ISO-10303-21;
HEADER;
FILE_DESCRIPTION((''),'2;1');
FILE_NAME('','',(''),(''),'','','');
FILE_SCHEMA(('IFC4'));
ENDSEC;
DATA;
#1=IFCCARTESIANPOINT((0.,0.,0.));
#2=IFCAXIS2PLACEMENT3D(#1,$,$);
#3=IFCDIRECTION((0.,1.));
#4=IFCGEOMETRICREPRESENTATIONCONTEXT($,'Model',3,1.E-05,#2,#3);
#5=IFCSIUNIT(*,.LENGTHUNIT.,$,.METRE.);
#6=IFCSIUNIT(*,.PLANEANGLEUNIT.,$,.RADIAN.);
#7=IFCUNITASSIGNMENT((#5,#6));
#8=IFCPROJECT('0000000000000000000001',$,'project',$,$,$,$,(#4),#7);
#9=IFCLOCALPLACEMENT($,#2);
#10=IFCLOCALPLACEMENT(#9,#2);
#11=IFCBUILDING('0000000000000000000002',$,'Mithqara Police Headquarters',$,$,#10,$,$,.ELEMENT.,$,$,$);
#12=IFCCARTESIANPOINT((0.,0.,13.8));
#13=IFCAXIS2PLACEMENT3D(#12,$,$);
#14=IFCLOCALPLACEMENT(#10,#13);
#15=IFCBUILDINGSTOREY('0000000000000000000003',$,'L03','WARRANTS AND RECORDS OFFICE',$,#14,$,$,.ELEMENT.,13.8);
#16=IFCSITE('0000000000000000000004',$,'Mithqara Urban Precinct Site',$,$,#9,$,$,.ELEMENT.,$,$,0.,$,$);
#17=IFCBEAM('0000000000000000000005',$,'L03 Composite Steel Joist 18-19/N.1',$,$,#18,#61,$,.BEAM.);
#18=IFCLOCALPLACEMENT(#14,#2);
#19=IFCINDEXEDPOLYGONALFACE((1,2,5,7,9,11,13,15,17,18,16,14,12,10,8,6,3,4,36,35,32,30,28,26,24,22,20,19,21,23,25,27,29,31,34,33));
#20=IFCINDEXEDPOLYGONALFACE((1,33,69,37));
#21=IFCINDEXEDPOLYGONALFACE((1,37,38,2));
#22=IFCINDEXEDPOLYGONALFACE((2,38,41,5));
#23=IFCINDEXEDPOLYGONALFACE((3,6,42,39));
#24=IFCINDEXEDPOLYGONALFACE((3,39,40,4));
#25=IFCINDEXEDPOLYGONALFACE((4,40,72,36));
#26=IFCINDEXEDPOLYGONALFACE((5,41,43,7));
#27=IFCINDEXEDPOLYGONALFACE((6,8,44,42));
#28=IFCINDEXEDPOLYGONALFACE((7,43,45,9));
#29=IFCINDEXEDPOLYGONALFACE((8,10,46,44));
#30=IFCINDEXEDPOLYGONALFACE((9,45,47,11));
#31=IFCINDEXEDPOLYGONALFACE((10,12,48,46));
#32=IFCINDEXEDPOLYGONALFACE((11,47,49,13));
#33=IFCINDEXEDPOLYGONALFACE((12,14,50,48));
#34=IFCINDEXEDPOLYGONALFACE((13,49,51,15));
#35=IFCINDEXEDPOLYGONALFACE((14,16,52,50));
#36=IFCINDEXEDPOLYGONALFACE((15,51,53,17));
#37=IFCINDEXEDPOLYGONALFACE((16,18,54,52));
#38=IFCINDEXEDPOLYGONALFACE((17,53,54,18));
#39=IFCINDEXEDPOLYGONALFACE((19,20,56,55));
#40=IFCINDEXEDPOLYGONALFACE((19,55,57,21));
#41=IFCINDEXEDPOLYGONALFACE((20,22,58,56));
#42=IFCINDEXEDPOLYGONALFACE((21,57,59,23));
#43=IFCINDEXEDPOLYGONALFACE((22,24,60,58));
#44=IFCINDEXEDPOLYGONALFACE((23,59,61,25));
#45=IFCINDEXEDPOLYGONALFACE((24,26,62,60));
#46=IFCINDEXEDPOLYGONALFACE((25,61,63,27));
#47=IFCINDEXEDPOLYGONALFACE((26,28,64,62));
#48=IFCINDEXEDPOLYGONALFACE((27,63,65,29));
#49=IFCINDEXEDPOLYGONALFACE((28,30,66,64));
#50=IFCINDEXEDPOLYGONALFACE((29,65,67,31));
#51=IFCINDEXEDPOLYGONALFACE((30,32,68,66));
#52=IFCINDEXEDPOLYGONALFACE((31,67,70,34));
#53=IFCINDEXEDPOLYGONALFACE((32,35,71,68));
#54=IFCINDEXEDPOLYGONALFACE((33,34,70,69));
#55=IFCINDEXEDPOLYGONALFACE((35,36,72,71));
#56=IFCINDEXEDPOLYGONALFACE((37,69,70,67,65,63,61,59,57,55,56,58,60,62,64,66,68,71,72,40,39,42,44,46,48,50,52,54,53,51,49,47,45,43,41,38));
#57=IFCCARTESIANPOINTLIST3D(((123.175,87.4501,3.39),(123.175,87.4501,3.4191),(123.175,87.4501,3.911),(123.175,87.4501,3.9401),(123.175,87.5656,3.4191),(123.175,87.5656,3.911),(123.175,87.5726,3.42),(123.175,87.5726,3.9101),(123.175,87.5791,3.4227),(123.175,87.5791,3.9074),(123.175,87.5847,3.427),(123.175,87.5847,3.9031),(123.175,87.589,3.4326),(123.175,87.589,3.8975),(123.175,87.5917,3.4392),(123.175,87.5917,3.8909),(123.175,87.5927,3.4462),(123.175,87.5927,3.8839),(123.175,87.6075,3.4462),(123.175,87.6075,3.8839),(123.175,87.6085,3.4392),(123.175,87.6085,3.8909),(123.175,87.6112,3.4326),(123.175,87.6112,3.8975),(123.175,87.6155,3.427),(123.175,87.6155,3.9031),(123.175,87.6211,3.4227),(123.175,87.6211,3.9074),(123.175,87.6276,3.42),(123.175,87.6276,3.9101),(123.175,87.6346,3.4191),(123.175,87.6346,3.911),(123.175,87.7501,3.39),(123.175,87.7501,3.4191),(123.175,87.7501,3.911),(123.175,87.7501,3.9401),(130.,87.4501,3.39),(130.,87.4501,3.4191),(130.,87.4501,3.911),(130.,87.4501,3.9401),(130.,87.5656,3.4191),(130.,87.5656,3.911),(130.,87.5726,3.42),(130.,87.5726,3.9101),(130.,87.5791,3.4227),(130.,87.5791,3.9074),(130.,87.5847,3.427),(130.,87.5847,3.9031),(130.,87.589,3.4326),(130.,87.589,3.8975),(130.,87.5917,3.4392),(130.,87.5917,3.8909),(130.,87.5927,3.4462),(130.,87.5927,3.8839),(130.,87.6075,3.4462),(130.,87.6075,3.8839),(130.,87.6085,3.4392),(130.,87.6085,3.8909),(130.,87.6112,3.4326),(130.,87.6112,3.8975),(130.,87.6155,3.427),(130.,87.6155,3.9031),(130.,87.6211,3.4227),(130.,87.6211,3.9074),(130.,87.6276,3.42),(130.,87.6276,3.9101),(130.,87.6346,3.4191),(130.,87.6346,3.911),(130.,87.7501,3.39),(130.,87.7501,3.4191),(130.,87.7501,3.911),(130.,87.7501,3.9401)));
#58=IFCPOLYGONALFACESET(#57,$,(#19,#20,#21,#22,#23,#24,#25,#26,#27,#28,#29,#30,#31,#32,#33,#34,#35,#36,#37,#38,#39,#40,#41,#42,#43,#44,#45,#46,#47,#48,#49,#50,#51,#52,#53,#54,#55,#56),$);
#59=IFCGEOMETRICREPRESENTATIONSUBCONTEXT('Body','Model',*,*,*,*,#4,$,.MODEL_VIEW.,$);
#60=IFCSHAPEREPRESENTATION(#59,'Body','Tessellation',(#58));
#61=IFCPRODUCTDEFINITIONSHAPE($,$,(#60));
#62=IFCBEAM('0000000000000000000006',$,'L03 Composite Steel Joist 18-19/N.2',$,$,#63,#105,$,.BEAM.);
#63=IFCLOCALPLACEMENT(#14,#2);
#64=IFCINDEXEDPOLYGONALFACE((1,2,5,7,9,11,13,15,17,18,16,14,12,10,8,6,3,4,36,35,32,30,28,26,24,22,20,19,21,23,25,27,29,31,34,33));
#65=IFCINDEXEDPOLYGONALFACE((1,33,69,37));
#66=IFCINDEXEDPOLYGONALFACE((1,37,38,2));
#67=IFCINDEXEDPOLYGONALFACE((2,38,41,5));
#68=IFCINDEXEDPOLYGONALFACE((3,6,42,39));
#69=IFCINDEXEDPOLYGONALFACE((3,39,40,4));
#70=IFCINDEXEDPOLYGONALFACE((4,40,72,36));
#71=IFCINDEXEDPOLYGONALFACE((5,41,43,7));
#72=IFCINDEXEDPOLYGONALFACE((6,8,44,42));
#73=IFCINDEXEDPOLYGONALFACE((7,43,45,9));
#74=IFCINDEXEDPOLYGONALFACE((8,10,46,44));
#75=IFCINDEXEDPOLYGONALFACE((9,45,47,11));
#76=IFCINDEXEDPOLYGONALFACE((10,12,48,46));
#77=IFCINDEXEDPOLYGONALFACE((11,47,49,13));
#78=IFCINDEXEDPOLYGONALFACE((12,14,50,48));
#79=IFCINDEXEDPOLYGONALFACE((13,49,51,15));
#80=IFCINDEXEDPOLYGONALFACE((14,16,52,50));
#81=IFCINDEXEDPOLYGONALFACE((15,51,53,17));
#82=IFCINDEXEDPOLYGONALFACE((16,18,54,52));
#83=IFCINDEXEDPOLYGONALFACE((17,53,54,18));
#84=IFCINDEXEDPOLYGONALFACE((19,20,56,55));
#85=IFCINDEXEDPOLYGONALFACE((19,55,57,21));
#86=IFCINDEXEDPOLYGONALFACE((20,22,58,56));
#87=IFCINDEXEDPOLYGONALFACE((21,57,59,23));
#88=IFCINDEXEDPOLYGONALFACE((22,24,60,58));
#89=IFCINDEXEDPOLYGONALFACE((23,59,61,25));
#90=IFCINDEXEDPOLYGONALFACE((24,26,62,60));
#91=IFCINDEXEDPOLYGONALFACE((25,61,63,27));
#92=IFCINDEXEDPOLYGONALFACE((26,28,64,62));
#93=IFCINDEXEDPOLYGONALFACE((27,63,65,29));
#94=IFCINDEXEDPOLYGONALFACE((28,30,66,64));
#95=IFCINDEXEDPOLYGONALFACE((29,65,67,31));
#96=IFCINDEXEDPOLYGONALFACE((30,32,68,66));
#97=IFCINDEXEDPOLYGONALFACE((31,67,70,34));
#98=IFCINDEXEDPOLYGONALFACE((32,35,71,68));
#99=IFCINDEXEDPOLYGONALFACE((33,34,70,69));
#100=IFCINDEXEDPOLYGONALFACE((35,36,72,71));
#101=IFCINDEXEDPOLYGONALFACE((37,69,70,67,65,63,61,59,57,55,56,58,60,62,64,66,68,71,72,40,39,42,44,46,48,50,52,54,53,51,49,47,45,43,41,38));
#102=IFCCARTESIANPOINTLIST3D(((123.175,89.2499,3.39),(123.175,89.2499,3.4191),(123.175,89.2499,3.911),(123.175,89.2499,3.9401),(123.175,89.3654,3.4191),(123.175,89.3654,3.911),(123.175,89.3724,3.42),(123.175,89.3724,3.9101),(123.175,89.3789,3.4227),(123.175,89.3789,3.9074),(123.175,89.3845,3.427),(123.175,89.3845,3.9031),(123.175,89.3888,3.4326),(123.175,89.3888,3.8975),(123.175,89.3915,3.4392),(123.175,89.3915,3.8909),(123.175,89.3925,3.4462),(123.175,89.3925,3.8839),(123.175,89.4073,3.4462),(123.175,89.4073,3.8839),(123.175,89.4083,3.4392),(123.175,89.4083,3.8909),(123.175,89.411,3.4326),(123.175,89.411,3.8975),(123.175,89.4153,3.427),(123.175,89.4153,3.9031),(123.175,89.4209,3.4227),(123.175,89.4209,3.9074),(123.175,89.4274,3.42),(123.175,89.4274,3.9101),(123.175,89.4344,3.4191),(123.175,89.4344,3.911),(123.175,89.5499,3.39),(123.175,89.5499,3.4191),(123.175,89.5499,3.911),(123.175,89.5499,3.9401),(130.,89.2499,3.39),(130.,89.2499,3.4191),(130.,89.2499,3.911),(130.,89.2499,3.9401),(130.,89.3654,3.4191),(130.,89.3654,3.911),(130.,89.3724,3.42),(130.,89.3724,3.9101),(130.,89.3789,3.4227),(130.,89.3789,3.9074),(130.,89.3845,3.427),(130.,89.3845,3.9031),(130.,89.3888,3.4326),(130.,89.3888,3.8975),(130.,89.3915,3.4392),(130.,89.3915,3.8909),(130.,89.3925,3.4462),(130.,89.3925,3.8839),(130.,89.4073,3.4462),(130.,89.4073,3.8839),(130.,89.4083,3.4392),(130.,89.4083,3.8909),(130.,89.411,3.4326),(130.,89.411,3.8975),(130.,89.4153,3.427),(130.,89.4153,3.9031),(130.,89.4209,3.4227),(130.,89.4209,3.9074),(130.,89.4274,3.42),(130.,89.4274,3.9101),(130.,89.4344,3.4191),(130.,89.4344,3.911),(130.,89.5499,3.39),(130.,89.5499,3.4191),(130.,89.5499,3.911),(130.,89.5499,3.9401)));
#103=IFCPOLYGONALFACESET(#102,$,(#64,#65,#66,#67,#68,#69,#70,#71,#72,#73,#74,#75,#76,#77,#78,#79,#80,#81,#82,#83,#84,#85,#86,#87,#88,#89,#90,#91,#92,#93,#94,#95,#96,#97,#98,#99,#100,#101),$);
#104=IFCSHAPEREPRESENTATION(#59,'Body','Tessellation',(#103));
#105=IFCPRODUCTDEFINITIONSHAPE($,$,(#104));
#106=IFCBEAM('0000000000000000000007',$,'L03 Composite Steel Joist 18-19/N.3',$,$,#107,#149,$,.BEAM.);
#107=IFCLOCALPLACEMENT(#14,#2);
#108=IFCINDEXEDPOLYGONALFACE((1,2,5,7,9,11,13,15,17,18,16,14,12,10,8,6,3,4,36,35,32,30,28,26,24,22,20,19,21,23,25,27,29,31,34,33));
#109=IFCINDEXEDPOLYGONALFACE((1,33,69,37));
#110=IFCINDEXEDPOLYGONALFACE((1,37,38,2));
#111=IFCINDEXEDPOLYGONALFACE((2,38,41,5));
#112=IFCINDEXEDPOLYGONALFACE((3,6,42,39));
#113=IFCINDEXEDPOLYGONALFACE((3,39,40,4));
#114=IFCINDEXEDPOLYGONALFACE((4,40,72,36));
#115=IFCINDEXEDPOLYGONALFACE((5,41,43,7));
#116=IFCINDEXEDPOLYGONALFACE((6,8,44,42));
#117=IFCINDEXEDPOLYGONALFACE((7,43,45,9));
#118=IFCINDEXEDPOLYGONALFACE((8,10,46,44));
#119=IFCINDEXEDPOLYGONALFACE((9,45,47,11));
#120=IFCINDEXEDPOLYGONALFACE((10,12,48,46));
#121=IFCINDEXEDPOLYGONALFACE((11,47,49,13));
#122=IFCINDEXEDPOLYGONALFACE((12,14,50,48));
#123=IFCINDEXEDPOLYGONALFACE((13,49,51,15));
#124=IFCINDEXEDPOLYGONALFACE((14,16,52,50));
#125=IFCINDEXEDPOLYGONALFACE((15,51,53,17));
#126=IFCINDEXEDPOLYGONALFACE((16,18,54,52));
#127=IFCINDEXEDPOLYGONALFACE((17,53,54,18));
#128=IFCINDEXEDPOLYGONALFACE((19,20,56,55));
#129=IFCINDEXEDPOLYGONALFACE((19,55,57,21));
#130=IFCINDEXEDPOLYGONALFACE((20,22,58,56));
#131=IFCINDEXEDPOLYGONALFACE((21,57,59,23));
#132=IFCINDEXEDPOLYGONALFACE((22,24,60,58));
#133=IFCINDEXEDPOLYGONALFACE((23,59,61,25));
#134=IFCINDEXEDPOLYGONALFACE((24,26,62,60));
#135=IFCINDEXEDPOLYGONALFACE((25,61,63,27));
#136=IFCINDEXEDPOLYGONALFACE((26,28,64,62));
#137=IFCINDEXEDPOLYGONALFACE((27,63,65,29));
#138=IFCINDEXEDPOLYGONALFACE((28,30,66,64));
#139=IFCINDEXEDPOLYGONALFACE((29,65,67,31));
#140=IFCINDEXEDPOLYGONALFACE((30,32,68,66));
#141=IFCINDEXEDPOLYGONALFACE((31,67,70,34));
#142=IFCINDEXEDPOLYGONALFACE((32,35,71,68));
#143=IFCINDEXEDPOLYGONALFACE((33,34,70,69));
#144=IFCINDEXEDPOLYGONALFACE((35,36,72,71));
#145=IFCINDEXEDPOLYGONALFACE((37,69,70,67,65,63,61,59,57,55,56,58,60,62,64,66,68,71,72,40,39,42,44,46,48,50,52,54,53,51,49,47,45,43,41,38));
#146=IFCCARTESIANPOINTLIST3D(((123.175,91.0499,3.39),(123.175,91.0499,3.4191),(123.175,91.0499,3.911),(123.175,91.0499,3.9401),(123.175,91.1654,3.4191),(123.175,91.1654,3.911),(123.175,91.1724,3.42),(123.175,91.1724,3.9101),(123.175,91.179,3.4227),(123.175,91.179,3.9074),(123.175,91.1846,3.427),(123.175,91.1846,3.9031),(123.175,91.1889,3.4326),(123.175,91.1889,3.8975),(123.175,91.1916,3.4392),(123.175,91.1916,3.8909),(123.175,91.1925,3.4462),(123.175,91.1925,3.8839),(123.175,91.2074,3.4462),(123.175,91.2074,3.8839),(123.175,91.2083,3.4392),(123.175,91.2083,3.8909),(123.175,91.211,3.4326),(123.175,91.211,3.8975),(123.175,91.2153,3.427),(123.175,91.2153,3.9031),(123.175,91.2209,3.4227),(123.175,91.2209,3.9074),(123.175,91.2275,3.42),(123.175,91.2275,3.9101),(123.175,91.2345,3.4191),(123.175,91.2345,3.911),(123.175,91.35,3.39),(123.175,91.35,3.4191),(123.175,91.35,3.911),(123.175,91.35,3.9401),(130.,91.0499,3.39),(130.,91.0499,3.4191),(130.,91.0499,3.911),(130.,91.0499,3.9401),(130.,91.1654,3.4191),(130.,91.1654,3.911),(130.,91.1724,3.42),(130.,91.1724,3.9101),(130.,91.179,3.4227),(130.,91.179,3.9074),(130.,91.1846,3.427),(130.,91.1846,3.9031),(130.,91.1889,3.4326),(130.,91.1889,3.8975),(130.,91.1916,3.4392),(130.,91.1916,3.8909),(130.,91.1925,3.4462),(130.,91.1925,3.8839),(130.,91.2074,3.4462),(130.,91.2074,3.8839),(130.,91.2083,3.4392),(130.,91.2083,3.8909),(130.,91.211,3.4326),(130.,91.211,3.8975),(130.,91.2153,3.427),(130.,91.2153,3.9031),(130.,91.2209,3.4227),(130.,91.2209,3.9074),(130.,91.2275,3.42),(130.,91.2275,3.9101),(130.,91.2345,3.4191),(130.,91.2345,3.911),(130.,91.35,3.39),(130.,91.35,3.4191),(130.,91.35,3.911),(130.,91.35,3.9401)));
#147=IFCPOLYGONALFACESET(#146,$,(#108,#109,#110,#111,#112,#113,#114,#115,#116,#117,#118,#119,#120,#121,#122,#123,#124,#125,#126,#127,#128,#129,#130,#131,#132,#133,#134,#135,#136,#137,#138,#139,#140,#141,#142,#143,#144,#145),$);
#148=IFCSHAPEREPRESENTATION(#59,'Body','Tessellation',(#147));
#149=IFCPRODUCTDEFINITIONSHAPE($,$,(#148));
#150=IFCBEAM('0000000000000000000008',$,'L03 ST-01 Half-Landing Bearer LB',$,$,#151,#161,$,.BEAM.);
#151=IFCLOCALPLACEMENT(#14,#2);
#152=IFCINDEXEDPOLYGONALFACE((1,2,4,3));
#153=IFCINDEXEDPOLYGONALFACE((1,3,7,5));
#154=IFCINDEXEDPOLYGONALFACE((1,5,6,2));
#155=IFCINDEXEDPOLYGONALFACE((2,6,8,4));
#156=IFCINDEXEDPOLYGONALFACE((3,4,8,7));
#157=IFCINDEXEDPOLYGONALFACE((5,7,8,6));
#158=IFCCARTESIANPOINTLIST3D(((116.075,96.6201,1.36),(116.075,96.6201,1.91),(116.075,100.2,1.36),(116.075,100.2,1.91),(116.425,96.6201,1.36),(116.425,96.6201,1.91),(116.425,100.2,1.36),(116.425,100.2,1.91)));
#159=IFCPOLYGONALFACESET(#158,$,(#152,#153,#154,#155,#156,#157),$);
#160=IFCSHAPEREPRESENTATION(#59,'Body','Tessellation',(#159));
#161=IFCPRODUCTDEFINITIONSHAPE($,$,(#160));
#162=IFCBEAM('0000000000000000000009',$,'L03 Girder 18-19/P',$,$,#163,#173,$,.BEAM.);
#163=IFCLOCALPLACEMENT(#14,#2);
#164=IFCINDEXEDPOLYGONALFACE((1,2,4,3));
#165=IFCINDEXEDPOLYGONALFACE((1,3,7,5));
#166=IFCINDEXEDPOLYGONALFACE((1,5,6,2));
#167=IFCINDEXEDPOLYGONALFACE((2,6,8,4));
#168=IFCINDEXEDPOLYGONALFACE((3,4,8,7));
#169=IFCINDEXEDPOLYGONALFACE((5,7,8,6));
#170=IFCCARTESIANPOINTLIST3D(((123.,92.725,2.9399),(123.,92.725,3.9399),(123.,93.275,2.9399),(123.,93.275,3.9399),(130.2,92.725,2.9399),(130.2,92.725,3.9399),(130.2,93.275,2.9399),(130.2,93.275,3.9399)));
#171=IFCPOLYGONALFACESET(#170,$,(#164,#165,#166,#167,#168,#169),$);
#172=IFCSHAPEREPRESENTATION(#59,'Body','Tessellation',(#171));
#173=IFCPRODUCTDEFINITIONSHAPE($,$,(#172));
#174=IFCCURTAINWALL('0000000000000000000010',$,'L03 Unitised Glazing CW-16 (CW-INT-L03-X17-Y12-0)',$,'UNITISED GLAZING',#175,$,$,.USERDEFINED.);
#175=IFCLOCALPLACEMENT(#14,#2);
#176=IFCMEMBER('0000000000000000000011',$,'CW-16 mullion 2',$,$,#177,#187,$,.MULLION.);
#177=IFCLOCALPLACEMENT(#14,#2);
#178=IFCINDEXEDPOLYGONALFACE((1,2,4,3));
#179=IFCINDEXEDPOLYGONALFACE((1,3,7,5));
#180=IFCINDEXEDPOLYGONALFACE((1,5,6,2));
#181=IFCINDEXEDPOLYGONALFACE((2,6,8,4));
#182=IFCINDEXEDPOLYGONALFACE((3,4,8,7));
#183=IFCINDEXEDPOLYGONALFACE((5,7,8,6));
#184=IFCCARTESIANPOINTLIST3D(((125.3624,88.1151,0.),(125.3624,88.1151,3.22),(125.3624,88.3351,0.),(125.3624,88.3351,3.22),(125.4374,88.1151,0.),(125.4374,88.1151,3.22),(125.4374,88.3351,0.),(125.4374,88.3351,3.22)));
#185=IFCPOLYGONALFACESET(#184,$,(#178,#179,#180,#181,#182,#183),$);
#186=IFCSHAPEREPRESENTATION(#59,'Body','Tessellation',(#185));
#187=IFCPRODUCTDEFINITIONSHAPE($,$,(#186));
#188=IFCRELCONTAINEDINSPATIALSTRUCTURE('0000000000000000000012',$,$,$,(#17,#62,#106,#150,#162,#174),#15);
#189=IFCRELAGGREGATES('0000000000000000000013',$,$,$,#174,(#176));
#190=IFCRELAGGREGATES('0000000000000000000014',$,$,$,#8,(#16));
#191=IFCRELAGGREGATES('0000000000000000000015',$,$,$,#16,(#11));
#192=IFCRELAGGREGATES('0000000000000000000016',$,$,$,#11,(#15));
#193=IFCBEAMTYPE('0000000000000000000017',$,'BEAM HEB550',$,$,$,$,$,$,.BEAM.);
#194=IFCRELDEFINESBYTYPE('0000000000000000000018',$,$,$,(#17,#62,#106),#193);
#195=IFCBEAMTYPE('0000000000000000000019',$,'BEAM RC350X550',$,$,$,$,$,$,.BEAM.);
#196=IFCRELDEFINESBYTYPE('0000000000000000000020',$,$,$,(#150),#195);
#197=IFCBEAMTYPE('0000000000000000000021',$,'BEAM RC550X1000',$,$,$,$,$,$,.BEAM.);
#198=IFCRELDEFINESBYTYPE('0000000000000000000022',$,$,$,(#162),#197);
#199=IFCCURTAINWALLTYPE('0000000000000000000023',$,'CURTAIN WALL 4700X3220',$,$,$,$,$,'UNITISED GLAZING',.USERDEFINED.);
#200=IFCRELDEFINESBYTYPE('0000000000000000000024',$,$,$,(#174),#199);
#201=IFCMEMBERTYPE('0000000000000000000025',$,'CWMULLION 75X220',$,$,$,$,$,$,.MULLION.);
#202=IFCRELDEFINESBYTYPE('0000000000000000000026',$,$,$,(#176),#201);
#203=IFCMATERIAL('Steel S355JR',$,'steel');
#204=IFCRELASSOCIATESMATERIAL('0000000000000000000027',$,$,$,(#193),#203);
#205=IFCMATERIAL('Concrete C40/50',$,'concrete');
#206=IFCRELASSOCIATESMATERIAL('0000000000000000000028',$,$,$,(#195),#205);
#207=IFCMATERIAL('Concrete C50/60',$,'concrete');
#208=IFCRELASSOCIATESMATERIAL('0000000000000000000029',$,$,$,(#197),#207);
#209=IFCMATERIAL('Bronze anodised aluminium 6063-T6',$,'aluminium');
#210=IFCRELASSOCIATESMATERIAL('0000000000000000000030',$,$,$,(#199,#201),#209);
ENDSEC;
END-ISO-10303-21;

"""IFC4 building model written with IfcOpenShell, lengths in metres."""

from ifc_helpers import new_model, si_unit, direction, frame, origin, origin_2d, place, context, subcontext, project, spatial, rectangle, i_section, extrude, material, material_profile, profile_set, type_object, element, aggregate, save


model = new_model("IFC4")

# Units and contexts
model_context = context("Model", 3, precision=1e-05, world=origin(), true_north=direction((0.0, 1.0)))
body_context = subcontext(model_context, "Body", "Model", "MODEL_VIEW")
ifc_project = project(units=[si_unit("LENGTHUNIT", "METRE"), si_unit("PLANEANGLEUNIT", "RADIAN")], contexts=[model_context])

# Site, building, storey
site_placement = place(None, origin())
site = spatial("IfcSite", under=ifc_project, at=site_placement, Name="Mithqara Urban Precinct Site", CompositionType="ELEMENT", RefElevation=0.0)
building_placement = place(site_placement, origin())
building = spatial("IfcBuilding", under=site, at=building_placement, Name="Mithqara Police Headquarters", CompositionType="ELEMENT")
storey_placement = place(building_placement, frame((0.0, 0.0, 13.8)))
storey = spatial("IfcBuildingStorey", under=building, at=storey_placement, Name="L03", Description="WARRANTS AND RECORDS OFFICE", CompositionType="ELEMENT", Elevation=13.8)

# Beams
ifc_material_1 = material(Name="Steel S355JR", Category="steel")
ifc_material_profile_1 = material_profile(ifc_material_1, i_section(OverallWidth=0.3, OverallDepth=0.55, WebThickness=0.0149, FlangeThickness=0.0291, FilletRadius=0.0271, at=origin_2d()), Name="HEB 550")
ifc_profile_set_1 = profile_set([ifc_material_profile_1], Name="Steel S355JR")
beam_type_1 = type_object("IfcBeamType", Name="BEAM HEB550", PredefinedType="BEAM", material=ifc_profile_set_1)
for number, where, z_axis, x_axis, name in (
    (1, (123.175, 87.6001, 3.665), (1.0, 0.0, 0.0), (0.0, 1.0, 0.0), "L03 Composite Steel Joist 18-19/N.1"),
    (2, (123.175, 89.3999, 3.665), (1.0, 0.0, 0.0), (0.0, 1.0, 0.0), "L03 Composite Steel Joist 18-19/N.2"),
    (3, (123.175, 91.2, 3.665), (1.0, 0.0, 0.0), (0.0, 1.0, 0.0), "L03 Composite Steel Joist 18-19/N.3"),
):
    element("IfcBeam", number, at=place(storey_placement, frame(where, z_axis=z_axis, x_axis=x_axis)), inside=storey, type_object=beam_type_1, Name=name, PredefinedType="BEAM", context=body_context, shape_type="SweptSolid", body=[
        extrude(i_section(OverallWidth=0.3, OverallDepth=0.55, WebThickness=0.0149, FlangeThickness=0.0291, FilletRadius=0.0271, at=origin_2d()), origin(), (0.0, 0.0, 1.0), 6.825),
    ])
ifc_material_2 = material(Name="Concrete C40/50", Category="concrete")
ifc_material_profile_2 = material_profile(ifc_material_2, rectangle(XDim=0.3501, YDim=0.55, at=origin_2d()), Name="RC 350x550")
ifc_profile_set_2 = profile_set([ifc_material_profile_2], Name="Concrete C40/50")
beam_type_2 = type_object("IfcBeamType", Name="BEAM RC350X550", PredefinedType="BEAM", material=ifc_profile_set_2)
beam_1_placement = place(storey_placement, frame((116.25, 96.6201, 1.635), z_axis=(0.0, 1.0, 0.0), x_axis=(-1.0, 0.0, 0.0)))
element("IfcBeam", 4, at=beam_1_placement, inside=storey, type_object=beam_type_2, Name="L03 ST-01 Half-Landing Bearer LB", PredefinedType="BEAM", context=body_context, shape_type="SweptSolid", body=[
    extrude(rectangle(XDim=0.3501, YDim=0.55, at=origin_2d()), origin(), (0.0, 0.0, 1.0), 3.5798),
])
ifc_material_3 = material(Name="Concrete C50/60", Category="concrete")
ifc_material_profile_3 = material_profile(ifc_material_3, rectangle(XDim=0.55, YDim=1.0, at=origin_2d()), Name="RC 550x1000")
ifc_profile_set_3 = profile_set([ifc_material_profile_3], Name="Concrete C50/60")
beam_type_3 = type_object("IfcBeamType", Name="BEAM RC550X1000", PredefinedType="BEAM", material=ifc_profile_set_3)
beam_2_placement = place(storey_placement, frame((123.0, 93.0, 3.4399), z_axis=(1.0, 0.0, 0.0), x_axis=(0.0, 1.0, 0.0)))
element("IfcBeam", 5, at=beam_2_placement, inside=storey, type_object=beam_type_3, Name="L03 Girder 18-19/P", PredefinedType="BEAM", context=body_context, shape_type="SweptSolid", body=[
    extrude(rectangle(XDim=0.55, YDim=1.0, at=origin_2d()), origin(), (0.0, 0.0, 1.0), 7.2),
])

# Curtain wall, member
ifc_material_4 = material(Name="Bronze anodised aluminium 6063-T6", Category="aluminium")
curtain_wall_type = type_object("IfcCurtainWallType", Name="CURTAIN WALL 4700X3220", ElementType="UNITISED GLAZING", PredefinedType="USERDEFINED", material=ifc_material_4)
curtain_wall_placement = place(storey_placement, origin())
curtain_wall = element("IfcCurtainWall", 6, at=curtain_wall_placement, inside=storey, type_object=curtain_wall_type, Name="L03 Unitised Glazing CW-16 (CW-INT-L03-X17-Y12-0)", ObjectType="UNITISED GLAZING", PredefinedType="USERDEFINED")
ifc_material_profile_4 = material_profile(ifc_material_4, rectangle(XDim=0.075, YDim=0.22, at=origin_2d()), Name="CWM 75x220")
ifc_profile_set_4 = profile_set([ifc_material_profile_4], Name="Bronze anodised aluminium 6063-T6")
member_type_1 = type_object("IfcMemberType", Name="CWMULLION 75X220", PredefinedType="MULLION", material=ifc_profile_set_4)
member_1_placement = place(storey_placement, frame((125.3999, 88.2251, 0.0), z_axis=(0.0, 0.0, 1.0), x_axis=(-1.0, 0.0, 0.0)))
member_1 = element("IfcMember", 7, at=member_1_placement, type_object=member_type_1, Name="CW-16 mullion 2", PredefinedType="MULLION", context=body_context, shape_type="SweptSolid", body=[
    extrude(rectangle(XDim=0.075, YDim=0.22, at=origin_2d()), origin(), (0.0, 0.0, 1.0), 3.22),
])
aggregate(curtain_wall, [member_1])

save(model, "model.ifc")
